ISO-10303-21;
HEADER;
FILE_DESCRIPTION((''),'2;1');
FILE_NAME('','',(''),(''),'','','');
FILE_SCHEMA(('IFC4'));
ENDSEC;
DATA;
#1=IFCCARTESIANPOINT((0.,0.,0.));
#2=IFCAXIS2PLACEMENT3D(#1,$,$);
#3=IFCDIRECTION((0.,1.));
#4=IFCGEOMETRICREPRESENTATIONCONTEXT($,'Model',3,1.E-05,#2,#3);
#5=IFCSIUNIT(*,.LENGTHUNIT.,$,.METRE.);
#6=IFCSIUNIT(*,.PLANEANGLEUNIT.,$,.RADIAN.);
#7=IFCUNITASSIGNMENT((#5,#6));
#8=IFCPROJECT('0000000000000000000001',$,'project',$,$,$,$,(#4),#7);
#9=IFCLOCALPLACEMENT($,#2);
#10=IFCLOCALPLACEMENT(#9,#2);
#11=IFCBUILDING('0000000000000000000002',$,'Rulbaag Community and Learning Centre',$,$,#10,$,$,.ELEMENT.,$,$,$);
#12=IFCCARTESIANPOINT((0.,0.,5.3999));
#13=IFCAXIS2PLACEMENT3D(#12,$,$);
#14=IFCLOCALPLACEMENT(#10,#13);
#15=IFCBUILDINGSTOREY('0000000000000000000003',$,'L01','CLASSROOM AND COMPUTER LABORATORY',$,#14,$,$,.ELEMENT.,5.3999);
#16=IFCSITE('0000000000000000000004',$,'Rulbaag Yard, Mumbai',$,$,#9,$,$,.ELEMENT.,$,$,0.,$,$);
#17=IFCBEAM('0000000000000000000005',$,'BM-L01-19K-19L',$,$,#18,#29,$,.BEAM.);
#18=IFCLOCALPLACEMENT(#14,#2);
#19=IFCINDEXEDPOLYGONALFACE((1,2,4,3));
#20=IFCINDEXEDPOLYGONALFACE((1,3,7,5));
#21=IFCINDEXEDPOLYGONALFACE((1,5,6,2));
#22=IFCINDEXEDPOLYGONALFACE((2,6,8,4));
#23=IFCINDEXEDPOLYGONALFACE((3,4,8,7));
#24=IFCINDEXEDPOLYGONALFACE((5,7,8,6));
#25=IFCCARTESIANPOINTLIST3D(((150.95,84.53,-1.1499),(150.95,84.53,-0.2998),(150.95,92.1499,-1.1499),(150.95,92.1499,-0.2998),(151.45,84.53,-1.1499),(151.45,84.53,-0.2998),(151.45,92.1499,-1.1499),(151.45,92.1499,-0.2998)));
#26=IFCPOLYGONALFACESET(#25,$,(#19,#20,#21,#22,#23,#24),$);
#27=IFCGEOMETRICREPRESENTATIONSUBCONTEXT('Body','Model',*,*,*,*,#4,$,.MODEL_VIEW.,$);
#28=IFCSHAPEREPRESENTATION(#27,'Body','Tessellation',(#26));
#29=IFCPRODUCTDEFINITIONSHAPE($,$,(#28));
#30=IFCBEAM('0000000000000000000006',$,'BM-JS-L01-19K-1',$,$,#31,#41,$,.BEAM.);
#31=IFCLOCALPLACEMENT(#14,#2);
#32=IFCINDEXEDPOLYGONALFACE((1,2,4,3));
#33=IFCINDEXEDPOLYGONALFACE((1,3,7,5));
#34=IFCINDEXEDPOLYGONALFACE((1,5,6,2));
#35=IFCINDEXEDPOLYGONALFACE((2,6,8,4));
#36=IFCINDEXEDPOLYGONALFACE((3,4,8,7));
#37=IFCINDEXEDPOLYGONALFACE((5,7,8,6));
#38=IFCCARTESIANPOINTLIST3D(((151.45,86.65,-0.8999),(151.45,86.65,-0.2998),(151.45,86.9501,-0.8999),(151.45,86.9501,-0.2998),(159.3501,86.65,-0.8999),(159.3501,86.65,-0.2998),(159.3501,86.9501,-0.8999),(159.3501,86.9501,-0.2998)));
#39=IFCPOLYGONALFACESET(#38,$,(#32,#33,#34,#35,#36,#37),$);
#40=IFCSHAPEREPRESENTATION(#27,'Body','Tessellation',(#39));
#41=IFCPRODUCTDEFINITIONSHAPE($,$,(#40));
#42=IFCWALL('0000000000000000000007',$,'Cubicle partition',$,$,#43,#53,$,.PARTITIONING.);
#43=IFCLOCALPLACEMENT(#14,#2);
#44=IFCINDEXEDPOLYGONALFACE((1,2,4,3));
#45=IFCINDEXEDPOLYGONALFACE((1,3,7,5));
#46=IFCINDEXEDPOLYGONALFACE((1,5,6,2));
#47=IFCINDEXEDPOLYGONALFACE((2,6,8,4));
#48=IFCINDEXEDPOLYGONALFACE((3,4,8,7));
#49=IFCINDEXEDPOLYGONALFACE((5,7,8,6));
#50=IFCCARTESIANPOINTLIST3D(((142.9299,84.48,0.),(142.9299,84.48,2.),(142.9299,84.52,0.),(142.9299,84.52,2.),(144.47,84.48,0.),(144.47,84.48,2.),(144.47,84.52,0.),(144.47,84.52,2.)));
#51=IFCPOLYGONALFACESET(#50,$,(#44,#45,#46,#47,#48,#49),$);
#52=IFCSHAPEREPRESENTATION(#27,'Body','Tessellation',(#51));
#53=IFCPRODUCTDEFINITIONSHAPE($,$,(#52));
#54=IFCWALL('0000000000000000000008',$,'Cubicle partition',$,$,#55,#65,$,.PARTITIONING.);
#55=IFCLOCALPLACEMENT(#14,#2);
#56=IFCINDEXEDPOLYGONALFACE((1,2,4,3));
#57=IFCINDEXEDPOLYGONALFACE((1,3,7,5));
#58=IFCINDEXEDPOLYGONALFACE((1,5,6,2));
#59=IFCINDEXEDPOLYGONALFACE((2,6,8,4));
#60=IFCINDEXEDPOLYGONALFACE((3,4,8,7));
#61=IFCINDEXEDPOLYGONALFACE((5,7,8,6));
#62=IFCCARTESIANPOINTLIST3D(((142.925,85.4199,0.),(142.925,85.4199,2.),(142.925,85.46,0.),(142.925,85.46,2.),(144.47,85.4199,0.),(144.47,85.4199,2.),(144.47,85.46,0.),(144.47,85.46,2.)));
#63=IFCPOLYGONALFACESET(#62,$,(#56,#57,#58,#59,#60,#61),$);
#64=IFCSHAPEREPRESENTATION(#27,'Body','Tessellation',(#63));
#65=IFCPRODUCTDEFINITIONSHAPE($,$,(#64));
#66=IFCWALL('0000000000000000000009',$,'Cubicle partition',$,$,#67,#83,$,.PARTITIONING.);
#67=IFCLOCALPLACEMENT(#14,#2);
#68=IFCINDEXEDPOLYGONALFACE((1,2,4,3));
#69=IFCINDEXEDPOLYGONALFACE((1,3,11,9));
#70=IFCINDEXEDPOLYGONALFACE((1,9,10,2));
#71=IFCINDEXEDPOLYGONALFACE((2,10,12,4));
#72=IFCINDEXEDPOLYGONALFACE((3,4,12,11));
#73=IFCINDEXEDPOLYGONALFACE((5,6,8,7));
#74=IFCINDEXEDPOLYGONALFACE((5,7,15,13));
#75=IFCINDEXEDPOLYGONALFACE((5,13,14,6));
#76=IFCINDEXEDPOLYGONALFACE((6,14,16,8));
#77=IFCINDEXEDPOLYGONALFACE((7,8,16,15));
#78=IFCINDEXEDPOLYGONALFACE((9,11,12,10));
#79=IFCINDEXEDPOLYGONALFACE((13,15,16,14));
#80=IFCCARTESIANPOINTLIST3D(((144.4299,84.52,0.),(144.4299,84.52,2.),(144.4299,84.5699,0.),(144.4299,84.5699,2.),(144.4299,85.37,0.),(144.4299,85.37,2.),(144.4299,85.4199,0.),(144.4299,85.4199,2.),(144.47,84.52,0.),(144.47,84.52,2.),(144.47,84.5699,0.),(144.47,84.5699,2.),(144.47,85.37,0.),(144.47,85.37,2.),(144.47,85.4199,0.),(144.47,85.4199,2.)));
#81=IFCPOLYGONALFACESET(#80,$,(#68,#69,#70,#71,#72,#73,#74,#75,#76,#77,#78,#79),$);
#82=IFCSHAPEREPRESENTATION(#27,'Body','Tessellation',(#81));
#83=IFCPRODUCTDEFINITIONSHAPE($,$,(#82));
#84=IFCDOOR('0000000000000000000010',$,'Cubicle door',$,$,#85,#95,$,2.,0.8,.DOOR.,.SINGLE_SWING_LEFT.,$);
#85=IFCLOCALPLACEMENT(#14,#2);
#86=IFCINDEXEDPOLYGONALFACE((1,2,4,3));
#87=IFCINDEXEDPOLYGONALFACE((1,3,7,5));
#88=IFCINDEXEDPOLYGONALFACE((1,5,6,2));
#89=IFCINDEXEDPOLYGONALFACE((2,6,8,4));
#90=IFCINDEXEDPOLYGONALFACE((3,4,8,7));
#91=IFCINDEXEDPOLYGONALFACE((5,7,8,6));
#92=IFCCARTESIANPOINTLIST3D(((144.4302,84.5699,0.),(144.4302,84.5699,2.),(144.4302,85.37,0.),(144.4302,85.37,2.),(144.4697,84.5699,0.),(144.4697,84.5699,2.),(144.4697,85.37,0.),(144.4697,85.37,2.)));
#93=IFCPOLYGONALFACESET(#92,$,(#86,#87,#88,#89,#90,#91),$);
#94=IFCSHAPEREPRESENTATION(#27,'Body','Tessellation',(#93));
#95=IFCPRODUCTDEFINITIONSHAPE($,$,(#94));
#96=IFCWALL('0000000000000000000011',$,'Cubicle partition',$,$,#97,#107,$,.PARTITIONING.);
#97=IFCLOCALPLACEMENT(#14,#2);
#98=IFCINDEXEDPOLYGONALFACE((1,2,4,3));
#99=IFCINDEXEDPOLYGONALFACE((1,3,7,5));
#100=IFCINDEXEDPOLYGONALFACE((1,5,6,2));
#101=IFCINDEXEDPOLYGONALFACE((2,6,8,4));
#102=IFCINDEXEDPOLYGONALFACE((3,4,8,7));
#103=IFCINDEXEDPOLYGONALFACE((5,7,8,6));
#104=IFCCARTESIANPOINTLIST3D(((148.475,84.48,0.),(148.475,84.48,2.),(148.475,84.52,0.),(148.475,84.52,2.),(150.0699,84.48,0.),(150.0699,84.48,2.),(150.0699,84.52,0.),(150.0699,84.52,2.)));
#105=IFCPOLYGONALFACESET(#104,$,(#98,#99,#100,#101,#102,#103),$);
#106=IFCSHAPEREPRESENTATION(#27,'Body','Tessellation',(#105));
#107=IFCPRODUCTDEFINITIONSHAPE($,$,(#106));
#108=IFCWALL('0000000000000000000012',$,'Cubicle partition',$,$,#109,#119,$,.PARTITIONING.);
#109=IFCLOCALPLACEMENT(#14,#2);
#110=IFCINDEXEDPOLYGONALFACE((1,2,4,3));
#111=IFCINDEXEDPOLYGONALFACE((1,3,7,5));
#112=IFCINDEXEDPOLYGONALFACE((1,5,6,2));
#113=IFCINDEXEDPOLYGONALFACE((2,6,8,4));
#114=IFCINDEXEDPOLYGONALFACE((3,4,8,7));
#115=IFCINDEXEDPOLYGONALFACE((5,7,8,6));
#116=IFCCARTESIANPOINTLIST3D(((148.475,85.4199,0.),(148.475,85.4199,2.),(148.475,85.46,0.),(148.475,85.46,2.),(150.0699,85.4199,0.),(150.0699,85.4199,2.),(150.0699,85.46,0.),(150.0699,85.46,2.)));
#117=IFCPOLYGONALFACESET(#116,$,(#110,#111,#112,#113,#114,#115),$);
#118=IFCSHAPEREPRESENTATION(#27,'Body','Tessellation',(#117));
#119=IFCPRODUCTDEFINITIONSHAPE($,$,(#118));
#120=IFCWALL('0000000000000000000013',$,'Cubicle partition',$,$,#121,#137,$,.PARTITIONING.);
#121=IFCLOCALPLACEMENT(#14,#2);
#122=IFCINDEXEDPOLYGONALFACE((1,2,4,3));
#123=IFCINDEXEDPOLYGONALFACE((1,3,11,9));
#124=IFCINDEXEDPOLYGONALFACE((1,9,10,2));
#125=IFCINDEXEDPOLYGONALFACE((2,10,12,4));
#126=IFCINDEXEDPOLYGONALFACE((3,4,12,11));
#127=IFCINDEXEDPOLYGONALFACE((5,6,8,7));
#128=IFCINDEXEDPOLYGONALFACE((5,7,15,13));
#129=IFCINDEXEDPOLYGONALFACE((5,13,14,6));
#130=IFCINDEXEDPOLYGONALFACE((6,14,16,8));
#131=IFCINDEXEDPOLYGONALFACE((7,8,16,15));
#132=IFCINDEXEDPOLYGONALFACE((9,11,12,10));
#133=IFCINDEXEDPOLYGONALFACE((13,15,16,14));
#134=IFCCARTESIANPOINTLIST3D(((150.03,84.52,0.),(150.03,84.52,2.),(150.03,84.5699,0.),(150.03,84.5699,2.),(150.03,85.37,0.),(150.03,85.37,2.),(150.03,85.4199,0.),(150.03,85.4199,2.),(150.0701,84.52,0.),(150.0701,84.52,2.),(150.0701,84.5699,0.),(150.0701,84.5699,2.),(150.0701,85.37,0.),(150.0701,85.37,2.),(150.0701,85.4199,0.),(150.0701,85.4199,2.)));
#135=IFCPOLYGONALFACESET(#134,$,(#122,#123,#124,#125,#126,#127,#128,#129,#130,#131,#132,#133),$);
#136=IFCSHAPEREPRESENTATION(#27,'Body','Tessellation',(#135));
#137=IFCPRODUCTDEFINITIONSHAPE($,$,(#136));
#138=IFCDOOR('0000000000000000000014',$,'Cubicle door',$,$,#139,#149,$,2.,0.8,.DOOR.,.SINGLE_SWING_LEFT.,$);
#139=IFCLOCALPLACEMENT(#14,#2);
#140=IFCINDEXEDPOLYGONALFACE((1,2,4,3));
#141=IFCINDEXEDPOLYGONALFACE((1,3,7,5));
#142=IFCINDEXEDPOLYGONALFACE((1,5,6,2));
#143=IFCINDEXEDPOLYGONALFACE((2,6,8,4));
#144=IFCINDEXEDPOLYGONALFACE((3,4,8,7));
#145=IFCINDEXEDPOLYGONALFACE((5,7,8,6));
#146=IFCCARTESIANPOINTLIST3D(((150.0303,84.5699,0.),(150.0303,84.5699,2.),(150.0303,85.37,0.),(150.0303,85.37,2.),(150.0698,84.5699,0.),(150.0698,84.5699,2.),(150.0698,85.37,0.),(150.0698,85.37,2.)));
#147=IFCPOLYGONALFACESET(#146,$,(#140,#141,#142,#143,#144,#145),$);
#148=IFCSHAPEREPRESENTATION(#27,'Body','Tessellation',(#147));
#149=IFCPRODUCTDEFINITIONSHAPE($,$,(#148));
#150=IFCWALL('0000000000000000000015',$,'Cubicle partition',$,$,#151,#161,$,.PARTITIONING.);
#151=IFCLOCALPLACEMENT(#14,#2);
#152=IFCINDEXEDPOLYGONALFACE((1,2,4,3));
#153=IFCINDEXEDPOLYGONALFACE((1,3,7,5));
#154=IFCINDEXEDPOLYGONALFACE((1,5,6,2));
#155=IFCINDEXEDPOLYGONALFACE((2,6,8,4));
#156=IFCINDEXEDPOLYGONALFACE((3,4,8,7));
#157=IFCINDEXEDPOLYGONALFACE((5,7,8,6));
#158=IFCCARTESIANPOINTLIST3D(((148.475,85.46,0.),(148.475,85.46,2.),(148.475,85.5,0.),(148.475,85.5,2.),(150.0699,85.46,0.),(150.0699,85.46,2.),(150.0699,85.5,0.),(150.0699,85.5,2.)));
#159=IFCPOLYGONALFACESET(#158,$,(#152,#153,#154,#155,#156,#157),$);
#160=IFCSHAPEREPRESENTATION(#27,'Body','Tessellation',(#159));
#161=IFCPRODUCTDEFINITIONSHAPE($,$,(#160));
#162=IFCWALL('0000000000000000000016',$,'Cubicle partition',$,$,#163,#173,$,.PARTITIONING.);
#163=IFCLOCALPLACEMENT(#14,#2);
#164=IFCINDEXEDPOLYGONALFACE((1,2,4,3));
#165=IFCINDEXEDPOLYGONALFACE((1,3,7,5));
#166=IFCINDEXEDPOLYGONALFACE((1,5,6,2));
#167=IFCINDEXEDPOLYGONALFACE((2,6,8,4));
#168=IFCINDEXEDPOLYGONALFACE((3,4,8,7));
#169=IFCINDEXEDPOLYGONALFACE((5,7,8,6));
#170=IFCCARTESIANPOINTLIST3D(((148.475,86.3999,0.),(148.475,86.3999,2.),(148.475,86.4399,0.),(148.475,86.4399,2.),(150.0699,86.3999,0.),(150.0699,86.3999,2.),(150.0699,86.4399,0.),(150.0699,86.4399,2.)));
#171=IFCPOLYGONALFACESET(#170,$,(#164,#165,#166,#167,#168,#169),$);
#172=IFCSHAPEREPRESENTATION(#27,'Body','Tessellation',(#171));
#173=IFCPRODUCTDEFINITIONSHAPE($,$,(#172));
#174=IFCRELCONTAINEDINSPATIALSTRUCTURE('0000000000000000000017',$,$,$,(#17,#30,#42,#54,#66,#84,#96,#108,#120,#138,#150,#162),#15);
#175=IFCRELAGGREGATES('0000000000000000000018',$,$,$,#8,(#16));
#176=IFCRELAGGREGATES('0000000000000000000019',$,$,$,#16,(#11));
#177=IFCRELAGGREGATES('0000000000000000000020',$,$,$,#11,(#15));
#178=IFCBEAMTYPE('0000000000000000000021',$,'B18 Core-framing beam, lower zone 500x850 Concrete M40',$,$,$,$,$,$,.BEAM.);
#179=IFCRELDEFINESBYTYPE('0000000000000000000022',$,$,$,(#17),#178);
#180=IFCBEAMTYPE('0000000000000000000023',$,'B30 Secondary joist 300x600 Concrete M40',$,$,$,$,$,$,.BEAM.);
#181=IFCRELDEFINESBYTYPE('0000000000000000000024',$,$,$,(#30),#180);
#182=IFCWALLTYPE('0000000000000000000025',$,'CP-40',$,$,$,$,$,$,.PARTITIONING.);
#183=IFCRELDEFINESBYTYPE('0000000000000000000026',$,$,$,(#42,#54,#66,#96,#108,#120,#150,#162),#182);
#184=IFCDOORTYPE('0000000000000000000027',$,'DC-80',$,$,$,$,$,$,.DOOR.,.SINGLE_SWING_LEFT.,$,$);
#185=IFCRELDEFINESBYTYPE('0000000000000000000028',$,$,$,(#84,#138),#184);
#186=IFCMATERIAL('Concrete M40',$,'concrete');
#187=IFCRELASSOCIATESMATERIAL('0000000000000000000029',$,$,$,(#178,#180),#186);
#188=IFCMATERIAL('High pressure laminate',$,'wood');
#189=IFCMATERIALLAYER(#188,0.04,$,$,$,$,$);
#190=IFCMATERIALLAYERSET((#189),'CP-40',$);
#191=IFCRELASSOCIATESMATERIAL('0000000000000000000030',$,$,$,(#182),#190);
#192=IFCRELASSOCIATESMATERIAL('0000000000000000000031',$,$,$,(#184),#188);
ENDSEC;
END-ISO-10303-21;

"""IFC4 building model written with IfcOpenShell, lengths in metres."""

from ifc_helpers import new_model, si_unit, direction, frame, frame_2d, origin, origin_2d, place, context, subcontext, project, spatial, rectangle, extrude, material, layer, layer_set, material_profile, profile_set, type_object, element, fill, save


model = new_model("IFC4")

# Units and contexts
model_context = context("Model", 3, precision=1e-05, world=origin(), true_north=direction((0.0, 1.0)))
body_context = subcontext(model_context, "Body", "Model", "MODEL_VIEW")
ifc_project = project(units=[si_unit("LENGTHUNIT", "METRE"), si_unit("PLANEANGLEUNIT", "RADIAN")], contexts=[model_context])

# Site, building, storey
site_placement = place(None, origin())
site = spatial("IfcSite", under=ifc_project, at=site_placement, Name="Rulbaag Yard, Mumbai", CompositionType="ELEMENT", RefElevation=0.0)
building_placement = place(site_placement, origin())
building = spatial("IfcBuilding", under=site, at=building_placement, Name="Rulbaag Community and Learning Centre", CompositionType="ELEMENT")
storey_placement = place(building_placement, frame((0.0, 0.0, 5.3999)))
storey = spatial("IfcBuildingStorey", under=building, at=storey_placement, Name="L01", Description="CLASSROOM AND COMPUTER LABORATORY", CompositionType="ELEMENT", Elevation=5.3999)

# Beams
ifc_material_1 = material(Name="Concrete M40", Category="concrete")
ifc_material_profile_1 = material_profile(ifc_material_1, rectangle(XDim=0.5, YDim=0.8501, at=origin_2d()), Name="RB500x850")
ifc_profile_set_1 = profile_set([ifc_material_profile_1], Name="Concrete M40")
beam_type_1 = type_object("IfcBeamType", Name="B18 Core-framing beam, lower zone 500x850 Concrete M40", PredefinedType="BEAM", material=ifc_profile_set_1)
beam_1_placement = place(storey_placement, frame((151.2, 84.53, -0.7249), z_axis=(0.0, 1.0, 0.0), x_axis=(-1.0, 0.0, 0.0)))
element("IfcBeam", 1, at=beam_1_placement, inside=storey, type_object=beam_type_1, Name="BM-L01-19K-19L", PredefinedType="BEAM", context=body_context, shape_type="SweptSolid", body=[
    extrude(rectangle(XDim=0.5, YDim=0.8501, at=origin_2d()), origin(), (0.0, 0.0, 1.0), 7.6199),
])
ifc_material_profile_2 = material_profile(ifc_material_1, rectangle(XDim=0.3, YDim=0.6001, at=origin_2d()), Name="RB300x600")
ifc_profile_set_2 = profile_set([ifc_material_profile_2], Name="Concrete M40")
beam_type_2 = type_object("IfcBeamType", Name="B30 Secondary joist 300x600 Concrete M40", PredefinedType="BEAM", material=ifc_profile_set_2)
beam_2_placement = place(storey_placement, frame((151.45, 86.8, -0.5999), z_axis=(1.0, 0.0, 0.0), x_axis=(0.0, 1.0, 0.0)))
element("IfcBeam", 2, at=beam_2_placement, inside=storey, type_object=beam_type_2, Name="BM-JS-L01-19K-1", PredefinedType="BEAM", context=body_context, shape_type="SweptSolid", body=[
    extrude(rectangle(XDim=0.3, YDim=0.6001, at=origin_2d()), origin(), (0.0, 0.0, 1.0), 7.9001),
])

# Walls
ifc_material_2 = material(Name="High pressure laminate", Category="wood")
ifc_layer_1 = layer(ifc_material_2, 0.04)
ifc_layer_set_1 = layer_set([ifc_layer_1], Name="CP-40")
wall_type_1 = type_object("IfcWallType", Name="CP-40", PredefinedType="PARTITIONING", material=ifc_layer_set_1)
wall_1_placement = place(storey_placement, frame((142.9299, 84.5, 0.0), z_axis=(0.0, 0.0, 1.0), x_axis=(1.0, 0.0, 0.0)))
element("IfcWall", 3, at=wall_1_placement, inside=storey, type_object=wall_type_1, Name="Cubicle partition", PredefinedType="PARTITIONING", context=body_context, shape_type="SweptSolid", body=[
    extrude(rectangle(XDim=1.54, YDim=0.04, at=frame_2d((0.77, 0.0))), origin(), (0.0, 0.0, 1.0), 2.0),
])
wall_2_placement = place(storey_placement, frame((142.925, 85.4399, 0.0), z_axis=(0.0, 0.0, 1.0), x_axis=(1.0, 0.0, 0.0)))
element("IfcWall", 4, at=wall_2_placement, inside=storey, type_object=wall_type_1, Name="Cubicle partition", PredefinedType="PARTITIONING", context=body_context, shape_type="SweptSolid", body=[
    extrude(rectangle(XDim=1.5449, YDim=0.04, at=frame_2d((0.7725, 0.0))), origin(), (0.0, 0.0, 1.0), 2.0),
])

# Wall, opening, door
wall_3_placement = place(storey_placement, frame((144.45, 84.52, 0.0), z_axis=(0.0, 0.0, 1.0), x_axis=(0.0, 1.0, 0.0)))
wall_3 = element("IfcWall", 5, at=wall_3_placement, inside=storey, type_object=wall_type_1, Name="Cubicle partition", PredefinedType="PARTITIONING", context=body_context, shape_type="SweptSolid", body=[
    extrude(rectangle(XDim=0.8999, YDim=0.04, at=frame_2d((0.45, 0.0))), origin(), (0.0, 0.0, 1.0), 2.0),
])
opening_1_placement = place(wall_3_placement, frame((0.05, 0.0, 0.0)))
opening_1 = element("IfcOpeningElement", 6, at=opening_1_placement, cuts=wall_3, PredefinedType="OPENING", context=body_context, shape_type="SweptSolid", body=[
    extrude(rectangle(XDim=0.8, YDim=2.0, at=frame_2d((0.3999, 1.0))), frame((0.0, 0.03, 0.0), z_axis=(0.0, -1.0, 0.0), x_axis=(1.0, 0.0, 0.0)), (0.0, 0.0, 1.0), 0.0601),
])
door_type = type_object("IfcDoorType", Name="DC-80", OperationType="SINGLE_SWING_LEFT", PredefinedType="DOOR", material=ifc_material_2)
door_1_placement = place(opening_1_placement, origin())
door_1 = element("IfcDoor", 7, at=door_1_placement, inside=storey, type_object=door_type, Name="Cubicle door", OperationType="SINGLE_SWING_LEFT", OverallHeight=2.0, OverallWidth=0.8, PredefinedType="DOOR", context=body_context, shape_type="SweptSolid", body=[
    extrude(rectangle(XDim=0.8, YDim=2.0, at=frame_2d((0.3999, 1.0))), frame((0.0, 0.0198, 0.0), z_axis=(0.0, -1.0, 0.0), x_axis=(1.0, 0.0, 0.0)), (0.0, 0.0, 1.0), 0.0396),
])
fill(opening_1, door_1)

# Walls
for number, where, z_axis, x_axis, name in (
    (8, (148.4751, 84.5, 0.0), (0.0, 0.0, 1.0), (1.0, 0.0, 0.0), "Cubicle partition"),
    (9, (148.4751, 85.4399, 0.0), (0.0, 0.0, 1.0), (1.0, 0.0, 0.0), "Cubicle partition"),
):
    element("IfcWall", number, at=place(storey_placement, frame(where, z_axis=z_axis, x_axis=x_axis)), inside=storey, type_object=wall_type_1, Name=name, PredefinedType="PARTITIONING", context=body_context, shape_type="SweptSolid", body=[
        extrude(rectangle(XDim=1.595, YDim=0.04, at=frame_2d((0.7974, 0.0))), origin(), (0.0, 0.0, 1.0), 2.0),
    ])

# Wall, opening, door
wall_4_placement = place(storey_placement, frame((150.05, 84.52, 0.0), z_axis=(0.0, 0.0, 1.0), x_axis=(0.0, 1.0, 0.0)))
wall_4 = element("IfcWall", 10, at=wall_4_placement, inside=storey, type_object=wall_type_1, Name="Cubicle partition", PredefinedType="PARTITIONING", context=body_context, shape_type="SweptSolid", body=[
    extrude(rectangle(XDim=0.8999, YDim=0.04, at=frame_2d((0.45, 0.0))), origin(), (0.0, 0.0, 1.0), 2.0),
])
opening_2_placement = place(wall_4_placement, frame((0.05, 0.0, 0.0)))
opening_2 = element("IfcOpeningElement", 11, at=opening_2_placement, cuts=wall_4, PredefinedType="OPENING", context=body_context, shape_type="SweptSolid", body=[
    extrude(rectangle(XDim=0.8, YDim=2.0, at=frame_2d((0.3999, 1.0))), frame((0.0, 0.03, 0.0), z_axis=(0.0, -1.0, 0.0), x_axis=(1.0, 0.0, 0.0)), (0.0, 0.0, 1.0), 0.0601),
])
door_2_placement = place(opening_2_placement, origin())
door_2 = element("IfcDoor", 12, at=door_2_placement, inside=storey, type_object=door_type, Name="Cubicle door", OperationType="SINGLE_SWING_LEFT", OverallHeight=2.0, OverallWidth=0.8, PredefinedType="DOOR", context=body_context, shape_type="SweptSolid", body=[
    extrude(rectangle(XDim=0.8, YDim=2.0, at=frame_2d((0.3999, 1.0))), frame((0.0, 0.0198, 0.0), z_axis=(0.0, -1.0, 0.0), x_axis=(1.0, 0.0, 0.0)), (0.0, 0.0, 1.0), 0.0396),
])
fill(opening_2, door_2)

# Walls
for number, where, z_axis, x_axis, name in (
    (13, (148.4751, 85.48, 0.0), (0.0, 0.0, 1.0), (1.0, 0.0, 0.0), "Cubicle partition"),
    (14, (148.4751, 86.4199, 0.0), (0.0, 0.0, 1.0), (1.0, 0.0, 0.0), "Cubicle partition"),
):
    element("IfcWall", number, at=place(storey_placement, frame(where, z_axis=z_axis, x_axis=x_axis)), inside=storey, type_object=wall_type_1, Name=name, PredefinedType="PARTITIONING", context=body_context, shape_type="SweptSolid", body=[
        extrude(rectangle(XDim=1.595, YDim=0.04, at=frame_2d((0.7974, 0.0))), origin(), (0.0, 0.0, 1.0), 2.0),
    ])

save(model, "model.ifc")
